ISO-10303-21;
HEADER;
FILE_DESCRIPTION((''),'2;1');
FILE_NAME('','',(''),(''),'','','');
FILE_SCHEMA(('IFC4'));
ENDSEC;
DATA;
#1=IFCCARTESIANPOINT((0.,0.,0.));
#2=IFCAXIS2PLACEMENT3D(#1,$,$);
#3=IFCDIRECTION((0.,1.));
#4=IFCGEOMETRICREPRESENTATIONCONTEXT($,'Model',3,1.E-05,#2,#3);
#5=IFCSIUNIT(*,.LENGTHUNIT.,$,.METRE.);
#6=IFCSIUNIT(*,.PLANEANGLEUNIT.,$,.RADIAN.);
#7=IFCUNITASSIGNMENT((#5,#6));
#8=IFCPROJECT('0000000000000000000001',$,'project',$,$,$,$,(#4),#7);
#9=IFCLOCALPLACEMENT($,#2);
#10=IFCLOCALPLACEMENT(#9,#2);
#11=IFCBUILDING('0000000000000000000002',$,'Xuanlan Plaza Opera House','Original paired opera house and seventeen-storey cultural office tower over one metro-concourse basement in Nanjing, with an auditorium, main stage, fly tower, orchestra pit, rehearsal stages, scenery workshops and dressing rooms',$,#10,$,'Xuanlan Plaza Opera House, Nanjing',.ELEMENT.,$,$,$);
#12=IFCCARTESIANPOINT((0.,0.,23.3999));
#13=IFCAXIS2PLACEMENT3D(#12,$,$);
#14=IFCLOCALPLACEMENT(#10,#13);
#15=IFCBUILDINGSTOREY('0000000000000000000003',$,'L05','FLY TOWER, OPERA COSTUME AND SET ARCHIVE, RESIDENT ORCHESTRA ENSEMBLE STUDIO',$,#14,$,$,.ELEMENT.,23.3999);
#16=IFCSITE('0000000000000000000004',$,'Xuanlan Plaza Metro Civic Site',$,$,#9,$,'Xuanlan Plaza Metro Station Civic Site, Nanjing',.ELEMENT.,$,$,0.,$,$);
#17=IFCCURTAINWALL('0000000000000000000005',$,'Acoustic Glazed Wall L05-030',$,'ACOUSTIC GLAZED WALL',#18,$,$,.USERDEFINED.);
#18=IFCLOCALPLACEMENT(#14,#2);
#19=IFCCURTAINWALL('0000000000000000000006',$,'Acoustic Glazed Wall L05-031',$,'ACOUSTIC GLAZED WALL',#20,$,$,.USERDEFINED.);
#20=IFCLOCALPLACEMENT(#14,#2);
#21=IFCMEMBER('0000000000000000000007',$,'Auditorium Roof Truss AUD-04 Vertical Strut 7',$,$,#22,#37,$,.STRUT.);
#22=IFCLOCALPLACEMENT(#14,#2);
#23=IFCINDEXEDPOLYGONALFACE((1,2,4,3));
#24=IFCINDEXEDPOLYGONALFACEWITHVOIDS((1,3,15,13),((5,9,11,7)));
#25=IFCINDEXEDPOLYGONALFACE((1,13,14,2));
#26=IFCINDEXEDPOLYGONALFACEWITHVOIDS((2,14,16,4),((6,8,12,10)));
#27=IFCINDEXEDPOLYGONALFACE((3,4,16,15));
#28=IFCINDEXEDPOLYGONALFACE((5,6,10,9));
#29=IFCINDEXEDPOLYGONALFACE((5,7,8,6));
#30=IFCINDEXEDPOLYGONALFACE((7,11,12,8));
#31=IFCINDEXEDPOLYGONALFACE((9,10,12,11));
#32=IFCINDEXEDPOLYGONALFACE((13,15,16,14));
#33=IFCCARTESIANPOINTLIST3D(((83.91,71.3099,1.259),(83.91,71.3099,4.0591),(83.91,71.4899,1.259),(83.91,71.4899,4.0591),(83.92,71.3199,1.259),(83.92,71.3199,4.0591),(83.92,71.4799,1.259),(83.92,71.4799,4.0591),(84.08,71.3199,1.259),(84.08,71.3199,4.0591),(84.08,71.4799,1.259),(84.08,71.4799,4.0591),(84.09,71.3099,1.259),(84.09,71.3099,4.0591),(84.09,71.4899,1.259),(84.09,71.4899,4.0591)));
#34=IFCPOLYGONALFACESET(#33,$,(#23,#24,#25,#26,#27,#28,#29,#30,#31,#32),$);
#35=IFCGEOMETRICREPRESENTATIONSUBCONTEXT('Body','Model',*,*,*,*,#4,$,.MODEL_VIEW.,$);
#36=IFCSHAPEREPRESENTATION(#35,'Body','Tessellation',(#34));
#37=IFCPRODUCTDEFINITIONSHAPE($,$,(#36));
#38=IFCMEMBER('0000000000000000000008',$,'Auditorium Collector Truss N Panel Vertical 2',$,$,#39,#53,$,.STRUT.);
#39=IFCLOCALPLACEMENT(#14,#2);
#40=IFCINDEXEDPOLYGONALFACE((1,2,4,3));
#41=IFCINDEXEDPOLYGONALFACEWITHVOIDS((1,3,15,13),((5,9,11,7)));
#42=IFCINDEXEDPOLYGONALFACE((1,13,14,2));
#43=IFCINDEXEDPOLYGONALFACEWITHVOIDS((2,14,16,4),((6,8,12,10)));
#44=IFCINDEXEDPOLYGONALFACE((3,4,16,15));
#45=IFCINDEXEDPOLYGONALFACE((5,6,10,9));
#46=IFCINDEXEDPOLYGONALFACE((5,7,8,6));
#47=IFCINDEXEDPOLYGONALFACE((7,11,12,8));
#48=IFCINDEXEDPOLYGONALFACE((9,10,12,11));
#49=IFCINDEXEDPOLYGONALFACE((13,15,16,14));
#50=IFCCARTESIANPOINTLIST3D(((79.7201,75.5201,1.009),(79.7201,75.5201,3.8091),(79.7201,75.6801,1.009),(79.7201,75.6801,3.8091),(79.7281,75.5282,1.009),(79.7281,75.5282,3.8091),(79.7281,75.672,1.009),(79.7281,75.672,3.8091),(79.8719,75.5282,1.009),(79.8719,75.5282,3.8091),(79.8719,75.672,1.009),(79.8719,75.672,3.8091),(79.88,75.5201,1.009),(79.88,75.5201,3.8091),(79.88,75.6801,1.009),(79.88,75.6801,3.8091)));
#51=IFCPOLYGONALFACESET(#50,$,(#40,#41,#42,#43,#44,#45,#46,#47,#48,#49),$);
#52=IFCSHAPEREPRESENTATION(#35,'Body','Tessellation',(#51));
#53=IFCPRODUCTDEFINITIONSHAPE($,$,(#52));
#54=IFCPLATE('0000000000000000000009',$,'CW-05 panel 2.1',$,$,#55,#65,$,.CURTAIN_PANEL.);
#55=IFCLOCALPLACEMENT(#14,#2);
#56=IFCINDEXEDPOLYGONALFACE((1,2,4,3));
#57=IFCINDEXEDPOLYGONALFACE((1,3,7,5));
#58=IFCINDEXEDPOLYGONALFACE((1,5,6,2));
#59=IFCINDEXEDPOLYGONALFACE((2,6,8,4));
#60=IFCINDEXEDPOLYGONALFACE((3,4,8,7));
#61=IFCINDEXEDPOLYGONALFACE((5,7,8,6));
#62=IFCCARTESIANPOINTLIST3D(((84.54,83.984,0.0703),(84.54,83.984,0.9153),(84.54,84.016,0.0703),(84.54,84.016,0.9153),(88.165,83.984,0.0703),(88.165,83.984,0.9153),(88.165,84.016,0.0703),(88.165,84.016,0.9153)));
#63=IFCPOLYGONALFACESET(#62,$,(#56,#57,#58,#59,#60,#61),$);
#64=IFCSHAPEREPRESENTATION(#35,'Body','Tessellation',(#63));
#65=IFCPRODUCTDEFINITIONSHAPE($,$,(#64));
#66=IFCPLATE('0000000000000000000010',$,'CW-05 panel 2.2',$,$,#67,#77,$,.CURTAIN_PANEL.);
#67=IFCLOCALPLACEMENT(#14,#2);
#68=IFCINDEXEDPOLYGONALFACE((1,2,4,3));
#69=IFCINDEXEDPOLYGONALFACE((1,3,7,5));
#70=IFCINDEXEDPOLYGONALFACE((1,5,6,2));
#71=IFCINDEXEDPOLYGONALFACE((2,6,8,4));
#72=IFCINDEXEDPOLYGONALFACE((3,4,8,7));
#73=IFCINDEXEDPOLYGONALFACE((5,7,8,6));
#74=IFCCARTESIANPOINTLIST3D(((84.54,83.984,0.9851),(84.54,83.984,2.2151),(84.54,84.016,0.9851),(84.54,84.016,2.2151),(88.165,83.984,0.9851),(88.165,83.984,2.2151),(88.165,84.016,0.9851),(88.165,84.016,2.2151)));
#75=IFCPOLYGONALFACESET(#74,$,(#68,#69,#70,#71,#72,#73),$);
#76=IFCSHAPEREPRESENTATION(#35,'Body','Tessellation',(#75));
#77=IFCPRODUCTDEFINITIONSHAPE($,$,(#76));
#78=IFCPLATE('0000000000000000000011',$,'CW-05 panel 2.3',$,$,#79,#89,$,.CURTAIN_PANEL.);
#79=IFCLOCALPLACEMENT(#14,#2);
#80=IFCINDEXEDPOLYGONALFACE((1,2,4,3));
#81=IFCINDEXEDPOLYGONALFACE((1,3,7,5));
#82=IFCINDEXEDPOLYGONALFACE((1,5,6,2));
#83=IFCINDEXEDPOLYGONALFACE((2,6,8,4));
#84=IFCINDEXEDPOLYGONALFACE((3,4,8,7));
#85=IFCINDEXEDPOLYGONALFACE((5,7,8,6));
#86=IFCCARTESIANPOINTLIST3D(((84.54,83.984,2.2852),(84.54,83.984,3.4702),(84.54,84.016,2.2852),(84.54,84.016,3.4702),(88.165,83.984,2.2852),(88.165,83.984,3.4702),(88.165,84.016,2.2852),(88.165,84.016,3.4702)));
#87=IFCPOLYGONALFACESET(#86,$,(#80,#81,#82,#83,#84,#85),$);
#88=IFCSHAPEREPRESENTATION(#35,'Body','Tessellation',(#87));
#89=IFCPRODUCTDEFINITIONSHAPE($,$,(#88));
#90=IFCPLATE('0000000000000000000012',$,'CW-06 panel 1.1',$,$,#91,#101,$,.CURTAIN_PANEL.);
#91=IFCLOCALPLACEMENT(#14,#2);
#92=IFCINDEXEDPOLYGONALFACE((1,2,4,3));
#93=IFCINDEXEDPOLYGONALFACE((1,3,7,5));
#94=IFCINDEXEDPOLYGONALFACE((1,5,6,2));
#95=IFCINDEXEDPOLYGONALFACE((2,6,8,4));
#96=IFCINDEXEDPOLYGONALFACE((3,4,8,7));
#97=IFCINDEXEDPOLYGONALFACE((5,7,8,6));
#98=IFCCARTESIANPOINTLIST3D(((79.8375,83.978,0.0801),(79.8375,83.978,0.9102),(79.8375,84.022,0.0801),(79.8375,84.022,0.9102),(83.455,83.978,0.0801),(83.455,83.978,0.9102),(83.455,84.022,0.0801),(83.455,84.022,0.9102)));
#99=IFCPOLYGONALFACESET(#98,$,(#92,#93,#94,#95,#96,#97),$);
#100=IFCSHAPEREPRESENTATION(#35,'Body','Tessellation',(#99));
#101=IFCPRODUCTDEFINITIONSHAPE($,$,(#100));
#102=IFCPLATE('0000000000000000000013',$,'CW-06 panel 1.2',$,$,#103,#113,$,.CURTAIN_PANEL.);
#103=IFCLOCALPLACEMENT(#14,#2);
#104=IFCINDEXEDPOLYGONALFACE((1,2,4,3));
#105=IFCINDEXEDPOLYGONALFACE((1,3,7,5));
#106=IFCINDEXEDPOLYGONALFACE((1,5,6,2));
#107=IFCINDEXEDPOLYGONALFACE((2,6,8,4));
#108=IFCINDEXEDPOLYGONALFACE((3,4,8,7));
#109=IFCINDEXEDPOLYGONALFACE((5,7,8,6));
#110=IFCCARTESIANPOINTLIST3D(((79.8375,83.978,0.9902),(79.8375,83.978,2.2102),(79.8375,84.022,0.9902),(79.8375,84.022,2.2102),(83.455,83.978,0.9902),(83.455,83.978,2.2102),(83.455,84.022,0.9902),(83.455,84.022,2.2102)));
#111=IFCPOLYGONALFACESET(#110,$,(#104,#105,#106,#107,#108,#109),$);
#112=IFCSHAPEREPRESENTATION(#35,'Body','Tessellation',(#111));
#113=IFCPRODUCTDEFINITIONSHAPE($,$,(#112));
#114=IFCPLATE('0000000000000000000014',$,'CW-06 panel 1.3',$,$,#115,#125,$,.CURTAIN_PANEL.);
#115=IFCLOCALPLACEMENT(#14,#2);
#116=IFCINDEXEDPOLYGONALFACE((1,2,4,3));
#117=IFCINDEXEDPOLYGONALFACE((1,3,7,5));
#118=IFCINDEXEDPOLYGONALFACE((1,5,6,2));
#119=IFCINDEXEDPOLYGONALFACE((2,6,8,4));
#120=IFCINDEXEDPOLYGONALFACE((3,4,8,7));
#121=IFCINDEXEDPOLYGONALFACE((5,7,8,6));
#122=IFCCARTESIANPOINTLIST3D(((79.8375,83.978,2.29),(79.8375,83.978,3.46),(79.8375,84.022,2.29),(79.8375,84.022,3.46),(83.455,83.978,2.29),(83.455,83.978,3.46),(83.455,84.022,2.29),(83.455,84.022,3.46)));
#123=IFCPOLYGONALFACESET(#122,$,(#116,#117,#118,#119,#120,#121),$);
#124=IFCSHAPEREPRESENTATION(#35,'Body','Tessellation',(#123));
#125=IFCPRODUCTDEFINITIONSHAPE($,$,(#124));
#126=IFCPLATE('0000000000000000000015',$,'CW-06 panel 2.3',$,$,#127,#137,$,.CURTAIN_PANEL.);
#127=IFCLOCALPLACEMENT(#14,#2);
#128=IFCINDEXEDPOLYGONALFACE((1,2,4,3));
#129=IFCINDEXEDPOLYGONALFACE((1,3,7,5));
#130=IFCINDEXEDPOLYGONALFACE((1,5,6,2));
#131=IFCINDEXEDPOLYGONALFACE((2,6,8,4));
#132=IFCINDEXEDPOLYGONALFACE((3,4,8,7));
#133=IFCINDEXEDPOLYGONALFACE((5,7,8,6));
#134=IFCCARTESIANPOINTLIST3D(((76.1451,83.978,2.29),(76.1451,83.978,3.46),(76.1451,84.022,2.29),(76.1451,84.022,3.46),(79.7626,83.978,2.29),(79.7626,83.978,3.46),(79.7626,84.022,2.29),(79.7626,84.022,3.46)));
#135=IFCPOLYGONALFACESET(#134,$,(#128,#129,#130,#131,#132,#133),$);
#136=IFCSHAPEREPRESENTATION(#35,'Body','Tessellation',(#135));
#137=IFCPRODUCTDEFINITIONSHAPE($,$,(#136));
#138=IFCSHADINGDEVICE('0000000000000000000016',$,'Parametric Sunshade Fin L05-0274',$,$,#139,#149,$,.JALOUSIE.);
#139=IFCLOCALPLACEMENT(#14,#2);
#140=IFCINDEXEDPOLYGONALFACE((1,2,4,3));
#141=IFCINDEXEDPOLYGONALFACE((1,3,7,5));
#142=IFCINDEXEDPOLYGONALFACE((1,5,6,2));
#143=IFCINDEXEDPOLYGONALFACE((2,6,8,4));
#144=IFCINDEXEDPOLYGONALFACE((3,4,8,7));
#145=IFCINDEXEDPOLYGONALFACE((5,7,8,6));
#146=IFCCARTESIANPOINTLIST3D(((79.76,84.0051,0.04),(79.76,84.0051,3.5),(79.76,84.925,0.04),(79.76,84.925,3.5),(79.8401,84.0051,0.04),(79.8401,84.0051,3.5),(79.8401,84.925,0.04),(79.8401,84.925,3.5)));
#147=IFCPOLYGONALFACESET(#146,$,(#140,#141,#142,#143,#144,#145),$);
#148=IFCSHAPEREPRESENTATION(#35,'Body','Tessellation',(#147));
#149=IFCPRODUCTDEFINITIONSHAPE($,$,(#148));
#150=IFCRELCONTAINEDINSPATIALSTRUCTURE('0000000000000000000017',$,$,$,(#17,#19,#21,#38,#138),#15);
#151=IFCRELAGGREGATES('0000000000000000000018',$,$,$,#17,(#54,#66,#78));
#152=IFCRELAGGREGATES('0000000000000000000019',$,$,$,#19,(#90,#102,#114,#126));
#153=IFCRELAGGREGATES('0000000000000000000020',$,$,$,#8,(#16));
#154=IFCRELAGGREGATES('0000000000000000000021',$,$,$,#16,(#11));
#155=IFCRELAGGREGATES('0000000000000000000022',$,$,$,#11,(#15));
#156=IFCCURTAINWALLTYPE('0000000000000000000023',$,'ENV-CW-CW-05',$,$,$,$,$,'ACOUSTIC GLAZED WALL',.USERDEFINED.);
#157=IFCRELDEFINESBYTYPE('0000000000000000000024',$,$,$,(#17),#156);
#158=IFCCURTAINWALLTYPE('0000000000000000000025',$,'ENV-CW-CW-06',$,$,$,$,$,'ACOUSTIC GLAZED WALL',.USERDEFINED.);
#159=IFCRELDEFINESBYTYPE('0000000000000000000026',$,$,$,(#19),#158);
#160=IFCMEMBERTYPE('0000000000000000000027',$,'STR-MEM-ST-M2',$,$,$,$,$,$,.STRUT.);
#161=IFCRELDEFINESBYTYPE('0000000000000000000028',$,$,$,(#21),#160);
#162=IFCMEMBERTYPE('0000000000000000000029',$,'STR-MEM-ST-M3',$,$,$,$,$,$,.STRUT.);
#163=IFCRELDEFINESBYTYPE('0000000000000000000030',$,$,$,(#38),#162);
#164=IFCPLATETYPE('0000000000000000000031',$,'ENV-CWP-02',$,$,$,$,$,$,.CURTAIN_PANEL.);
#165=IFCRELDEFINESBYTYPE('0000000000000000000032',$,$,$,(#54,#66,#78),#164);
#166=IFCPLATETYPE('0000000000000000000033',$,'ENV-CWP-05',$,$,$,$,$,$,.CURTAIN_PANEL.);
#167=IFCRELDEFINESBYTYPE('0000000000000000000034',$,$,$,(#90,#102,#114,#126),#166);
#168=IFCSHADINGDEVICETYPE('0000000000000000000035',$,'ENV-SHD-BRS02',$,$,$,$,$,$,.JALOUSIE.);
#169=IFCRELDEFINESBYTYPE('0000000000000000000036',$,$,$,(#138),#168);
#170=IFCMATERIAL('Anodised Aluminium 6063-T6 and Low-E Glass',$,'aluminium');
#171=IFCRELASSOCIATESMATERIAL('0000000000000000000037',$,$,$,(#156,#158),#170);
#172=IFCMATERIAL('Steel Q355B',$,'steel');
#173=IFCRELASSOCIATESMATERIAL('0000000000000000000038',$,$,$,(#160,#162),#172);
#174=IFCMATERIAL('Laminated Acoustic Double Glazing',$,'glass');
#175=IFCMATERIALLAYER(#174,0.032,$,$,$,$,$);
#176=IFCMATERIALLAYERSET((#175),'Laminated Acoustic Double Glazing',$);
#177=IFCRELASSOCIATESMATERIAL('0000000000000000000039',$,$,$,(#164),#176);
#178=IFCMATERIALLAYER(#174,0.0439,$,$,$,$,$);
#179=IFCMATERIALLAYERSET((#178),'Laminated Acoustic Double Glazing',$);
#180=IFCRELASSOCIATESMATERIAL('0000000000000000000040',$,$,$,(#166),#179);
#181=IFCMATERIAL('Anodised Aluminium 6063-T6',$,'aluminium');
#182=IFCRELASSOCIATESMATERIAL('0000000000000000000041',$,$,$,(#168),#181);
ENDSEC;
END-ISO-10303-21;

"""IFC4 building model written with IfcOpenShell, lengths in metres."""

from ifc_helpers import new_model, si_unit, direction, frame, origin, origin_2d, place, context, subcontext, project, spatial, rectangle, hollow_rectangle, extrude, material, layer, layer_set, material_profile, profile_set, type_object, element, aggregate, save


model = new_model("IFC4")

# Units and contexts
model_context = context("Model", 3, precision=1e-05, world=origin(), true_north=direction((0.0, 1.0)))
body_context = subcontext(model_context, "Body", "Model", "MODEL_VIEW")
ifc_project = project(units=[si_unit("LENGTHUNIT", "METRE"), si_unit("PLANEANGLEUNIT", "RADIAN")], contexts=[model_context])

# Site, building, storey
site_placement = place(None, origin())
site = spatial("IfcSite", under=ifc_project, at=site_placement, Name="Xuanlan Plaza Metro Civic Site", LongName="Xuanlan Plaza Metro Station Civic Site, Nanjing", CompositionType="ELEMENT", RefElevation=0.0)
building_placement = place(site_placement, origin())
building = spatial("IfcBuilding", under=site, at=building_placement, Name="Xuanlan Plaza Opera House", Description="Original paired opera house and seventeen-storey cultural office tower over one metro-concourse basement in Nanjing, with an auditorium, main stage, fly tower, orchestra pit, rehearsal stages, scenery workshops and dressing rooms", LongName="Xuanlan Plaza Opera House, Nanjing", CompositionType="ELEMENT")
storey_placement = place(building_placement, frame((0.0, 0.0, 23.3999)))
storey = spatial("IfcBuildingStorey", under=building, at=storey_placement, Name="L05", Description="FLY TOWER, OPERA COSTUME AND SET ARCHIVE, RESIDENT ORCHESTRA ENSEMBLE STUDIO", CompositionType="ELEMENT", Elevation=23.3999)

# Curtain wall
ifc_material_1 = material(Name="Anodised Aluminium 6063-T6 and Low-E Glass", Category="aluminium")
curtain_wall_type_1 = type_object("IfcCurtainWallType", Name="ENV-CW-CW-05", ElementType="ACOUSTIC GLAZED WALL", PredefinedType="USERDEFINED", material=ifc_material_1)
curtain_wall_1_placement = place(storey_placement, origin())
curtain_wall_1 = element("IfcCurtainWall", 1, at=curtain_wall_1_placement, inside=storey, type_object=curtain_wall_type_1, Name="Acoustic Glazed Wall L05-030", ObjectType="ACOUSTIC GLAZED WALL", PredefinedType="USERDEFINED")
ifc_material_2 = material(Name="Anodised Aluminium 6063-T6", Category="aluminium")

# Curtain wall
curtain_wall_type_2 = type_object("IfcCurtainWallType", Name="ENV-CW-CW-06", ElementType="ACOUSTIC GLAZED WALL", PredefinedType="USERDEFINED", material=ifc_material_1)
curtain_wall_2_placement = place(storey_placement, origin())
curtain_wall_2 = element("IfcCurtainWall", 2, at=curtain_wall_2_placement, inside=storey, type_object=curtain_wall_type_2, Name="Acoustic Glazed Wall L05-031", ObjectType="ACOUSTIC GLAZED WALL", PredefinedType="USERDEFINED")

# Members
ifc_material_3 = material(Name="Steel Q355B", Category="steel")
ifc_material_profile_1 = material_profile(ifc_material_3, hollow_rectangle(XDim=0.1799, YDim=0.1799, WallThickness=0.01, at=origin_2d()), Name="SHS 180x180x10")
ifc_profile_set_1 = profile_set([ifc_material_profile_1], Name="Steel Q355B")
member_type_1 = type_object("IfcMemberType", Name="STR-MEM-ST-M2", PredefinedType="STRUT", material=ifc_profile_set_1)
member_1_placement = place(storey_placement, frame((84.0, 71.3999, 1.259), z_axis=(0.0, 0.0, 1.0), x_axis=(1.0, 0.0, 0.0)))
element("IfcMember", 3, at=member_1_placement, inside=storey, type_object=member_type_1, Name="Auditorium Roof Truss AUD-04 Vertical Strut 7", PredefinedType="STRUT", context=body_context, shape_type="SweptSolid", body=[
    extrude(hollow_rectangle(XDim=0.1799, YDim=0.1799, WallThickness=0.01, at=origin_2d()), origin(), (0.0, 0.0, 1.0), 2.8),
])
ifc_material_profile_2 = material_profile(ifc_material_3, hollow_rectangle(XDim=0.1599, YDim=0.1599, WallThickness=0.0081, at=origin_2d()), Name="SHS 160x160x8")
ifc_profile_set_2 = profile_set([ifc_material_profile_2], Name="Steel Q355B")
member_type_2 = type_object("IfcMemberType", Name="STR-MEM-ST-M3", PredefinedType="STRUT", material=ifc_profile_set_2)
member_2_placement = place(storey_placement, frame((79.8, 75.6001, 1.009), z_axis=(0.0, 0.0, 1.0), x_axis=(1.0, 0.0, 0.0)))
element("IfcMember", 4, at=member_2_placement, inside=storey, type_object=member_type_2, Name="Auditorium Collector Truss N Panel Vertical 2", PredefinedType="STRUT", context=body_context, shape_type="SweptSolid", body=[
    extrude(hollow_rectangle(XDim=0.1599, YDim=0.1599, WallThickness=0.0081, at=origin_2d()), origin(), (0.0, 0.0, 1.0), 2.8),
])

# Plates
ifc_material_4 = material(Name="Laminated Acoustic Double Glazing", Category="glass")
ifc_layer_1 = layer(ifc_material_4, 0.032)
ifc_layer_set_1 = layer_set([ifc_layer_1], Name="Laminated Acoustic Double Glazing")
plate_type_1 = type_object("IfcPlateType", Name="ENV-CWP-02", PredefinedType="CURTAIN_PANEL", material=ifc_layer_set_1)
plate_1_placement = place(storey_placement, frame((86.3525, 84.0, 0.0703), z_axis=(0.0, 0.0, 1.0), x_axis=(-1.0, 0.0, 0.0)))
plate_1 = element("IfcPlate", 5, at=plate_1_placement, type_object=plate_type_1, Name="CW-05 panel 2.1", PredefinedType="CURTAIN_PANEL", context=body_context, shape_type="SweptSolid", body=[
    extrude(rectangle(XDim=3.625, YDim=0.032, at=origin_2d()), origin(), (0.0, 0.0, 1.0), 0.845),
])
plate_2_placement = place(storey_placement, frame((86.3525, 84.0, 0.9851), z_axis=(0.0, 0.0, 1.0), x_axis=(-1.0, 0.0, 0.0)))
plate_2 = element("IfcPlate", 6, at=plate_2_placement, type_object=plate_type_1, Name="CW-05 panel 2.2", PredefinedType="CURTAIN_PANEL", context=body_context, shape_type="SweptSolid", body=[
    extrude(rectangle(XDim=3.625, YDim=0.032, at=origin_2d()), origin(), (0.0, 0.0, 1.0), 1.23),
])
plate_3_placement = place(storey_placement, frame((86.3525, 84.0, 2.2852), z_axis=(0.0, 0.0, 1.0), x_axis=(-1.0, 0.0, 0.0)))
plate_3 = element("IfcPlate", 7, at=plate_3_placement, type_object=plate_type_1, Name="CW-05 panel 2.3", PredefinedType="CURTAIN_PANEL", context=body_context, shape_type="SweptSolid", body=[
    extrude(rectangle(XDim=3.625, YDim=0.032, at=origin_2d()), origin(), (0.0, 0.0, 1.0), 1.1851),
])
aggregate(curtain_wall_1, [plate_1, plate_2, plate_3])
ifc_layer_2 = layer(ifc_material_4, 0.0439)
ifc_layer_set_2 = layer_set([ifc_layer_2], Name="Laminated Acoustic Double Glazing")
plate_type_2 = type_object("IfcPlateType", Name="ENV-CWP-05", PredefinedType="CURTAIN_PANEL", material=ifc_layer_set_2)
plate_4_placement = place(storey_placement, frame((81.6462, 84.0, 0.0801), z_axis=(0.0, 0.0, 1.0), x_axis=(-1.0, 0.0, 0.0)))
plate_4 = element("IfcPlate", 8, at=plate_4_placement, type_object=plate_type_2, Name="CW-06 panel 1.1", PredefinedType="CURTAIN_PANEL", context=body_context, shape_type="SweptSolid", body=[
    extrude(rectangle(XDim=3.6174, YDim=0.0439, at=origin_2d()), origin(), (0.0, 0.0, 1.0), 0.8301),
])
plate_5_placement = place(storey_placement, frame((81.6462, 84.0, 0.9902), z_axis=(0.0, 0.0, 1.0), x_axis=(-1.0, 0.0, 0.0)))
plate_5 = element("IfcPlate", 9, at=plate_5_placement, type_object=plate_type_2, Name="CW-06 panel 1.2", PredefinedType="CURTAIN_PANEL", context=body_context, shape_type="SweptSolid", body=[
    extrude(rectangle(XDim=3.6174, YDim=0.0439, at=origin_2d()), origin(), (0.0, 0.0, 1.0), 1.22),
])
plate_6_placement = place(storey_placement, frame((81.6462, 84.0, 2.29), z_axis=(0.0, 0.0, 1.0), x_axis=(-1.0, 0.0, 0.0)))
plate_6 = element("IfcPlate", 10, at=plate_6_placement, type_object=plate_type_2, Name="CW-06 panel 1.3", PredefinedType="CURTAIN_PANEL", context=body_context, shape_type="SweptSolid", body=[
    extrude(rectangle(XDim=3.6174, YDim=0.0439, at=origin_2d()), origin(), (0.0, 0.0, 1.0), 1.1699),
])
plate_7_placement = place(storey_placement, frame((77.9539, 84.0, 2.29), z_axis=(0.0, 0.0, 1.0), x_axis=(-1.0, 0.0, 0.0)))
plate_7 = element("IfcPlate", 11, at=plate_7_placement, type_object=plate_type_2, Name="CW-06 panel 2.3", PredefinedType="CURTAIN_PANEL", context=body_context, shape_type="SweptSolid", body=[
    extrude(rectangle(XDim=3.6174, YDim=0.0439, at=origin_2d()), origin(), (0.0, 0.0, 1.0), 1.1699),
])
aggregate(curtain_wall_2, [plate_4, plate_5, plate_6, plate_7])

# Shading device
shading_device_type = type_object("IfcShadingDeviceType", Name="ENV-SHD-BRS02", PredefinedType="JALOUSIE", material=ifc_material_2)
shading_device_placement = place(storey_placement, frame((79.8, 84.4651, 0.04), z_axis=(0.0, 0.0, 1.0), x_axis=(0.0, 1.0, 0.0)))
element("IfcShadingDevice", 12, at=shading_device_placement, inside=storey, type_object=shading_device_type, Name="Parametric Sunshade Fin L05-0274", PredefinedType="JALOUSIE", context=body_context, shape_type="SweptSolid", body=[
    extrude(rectangle(XDim=0.9199, YDim=0.0801, at=origin_2d()), origin(), (0.0, 0.0, 1.0), 3.46),
])

save(model, "model.ifc")
